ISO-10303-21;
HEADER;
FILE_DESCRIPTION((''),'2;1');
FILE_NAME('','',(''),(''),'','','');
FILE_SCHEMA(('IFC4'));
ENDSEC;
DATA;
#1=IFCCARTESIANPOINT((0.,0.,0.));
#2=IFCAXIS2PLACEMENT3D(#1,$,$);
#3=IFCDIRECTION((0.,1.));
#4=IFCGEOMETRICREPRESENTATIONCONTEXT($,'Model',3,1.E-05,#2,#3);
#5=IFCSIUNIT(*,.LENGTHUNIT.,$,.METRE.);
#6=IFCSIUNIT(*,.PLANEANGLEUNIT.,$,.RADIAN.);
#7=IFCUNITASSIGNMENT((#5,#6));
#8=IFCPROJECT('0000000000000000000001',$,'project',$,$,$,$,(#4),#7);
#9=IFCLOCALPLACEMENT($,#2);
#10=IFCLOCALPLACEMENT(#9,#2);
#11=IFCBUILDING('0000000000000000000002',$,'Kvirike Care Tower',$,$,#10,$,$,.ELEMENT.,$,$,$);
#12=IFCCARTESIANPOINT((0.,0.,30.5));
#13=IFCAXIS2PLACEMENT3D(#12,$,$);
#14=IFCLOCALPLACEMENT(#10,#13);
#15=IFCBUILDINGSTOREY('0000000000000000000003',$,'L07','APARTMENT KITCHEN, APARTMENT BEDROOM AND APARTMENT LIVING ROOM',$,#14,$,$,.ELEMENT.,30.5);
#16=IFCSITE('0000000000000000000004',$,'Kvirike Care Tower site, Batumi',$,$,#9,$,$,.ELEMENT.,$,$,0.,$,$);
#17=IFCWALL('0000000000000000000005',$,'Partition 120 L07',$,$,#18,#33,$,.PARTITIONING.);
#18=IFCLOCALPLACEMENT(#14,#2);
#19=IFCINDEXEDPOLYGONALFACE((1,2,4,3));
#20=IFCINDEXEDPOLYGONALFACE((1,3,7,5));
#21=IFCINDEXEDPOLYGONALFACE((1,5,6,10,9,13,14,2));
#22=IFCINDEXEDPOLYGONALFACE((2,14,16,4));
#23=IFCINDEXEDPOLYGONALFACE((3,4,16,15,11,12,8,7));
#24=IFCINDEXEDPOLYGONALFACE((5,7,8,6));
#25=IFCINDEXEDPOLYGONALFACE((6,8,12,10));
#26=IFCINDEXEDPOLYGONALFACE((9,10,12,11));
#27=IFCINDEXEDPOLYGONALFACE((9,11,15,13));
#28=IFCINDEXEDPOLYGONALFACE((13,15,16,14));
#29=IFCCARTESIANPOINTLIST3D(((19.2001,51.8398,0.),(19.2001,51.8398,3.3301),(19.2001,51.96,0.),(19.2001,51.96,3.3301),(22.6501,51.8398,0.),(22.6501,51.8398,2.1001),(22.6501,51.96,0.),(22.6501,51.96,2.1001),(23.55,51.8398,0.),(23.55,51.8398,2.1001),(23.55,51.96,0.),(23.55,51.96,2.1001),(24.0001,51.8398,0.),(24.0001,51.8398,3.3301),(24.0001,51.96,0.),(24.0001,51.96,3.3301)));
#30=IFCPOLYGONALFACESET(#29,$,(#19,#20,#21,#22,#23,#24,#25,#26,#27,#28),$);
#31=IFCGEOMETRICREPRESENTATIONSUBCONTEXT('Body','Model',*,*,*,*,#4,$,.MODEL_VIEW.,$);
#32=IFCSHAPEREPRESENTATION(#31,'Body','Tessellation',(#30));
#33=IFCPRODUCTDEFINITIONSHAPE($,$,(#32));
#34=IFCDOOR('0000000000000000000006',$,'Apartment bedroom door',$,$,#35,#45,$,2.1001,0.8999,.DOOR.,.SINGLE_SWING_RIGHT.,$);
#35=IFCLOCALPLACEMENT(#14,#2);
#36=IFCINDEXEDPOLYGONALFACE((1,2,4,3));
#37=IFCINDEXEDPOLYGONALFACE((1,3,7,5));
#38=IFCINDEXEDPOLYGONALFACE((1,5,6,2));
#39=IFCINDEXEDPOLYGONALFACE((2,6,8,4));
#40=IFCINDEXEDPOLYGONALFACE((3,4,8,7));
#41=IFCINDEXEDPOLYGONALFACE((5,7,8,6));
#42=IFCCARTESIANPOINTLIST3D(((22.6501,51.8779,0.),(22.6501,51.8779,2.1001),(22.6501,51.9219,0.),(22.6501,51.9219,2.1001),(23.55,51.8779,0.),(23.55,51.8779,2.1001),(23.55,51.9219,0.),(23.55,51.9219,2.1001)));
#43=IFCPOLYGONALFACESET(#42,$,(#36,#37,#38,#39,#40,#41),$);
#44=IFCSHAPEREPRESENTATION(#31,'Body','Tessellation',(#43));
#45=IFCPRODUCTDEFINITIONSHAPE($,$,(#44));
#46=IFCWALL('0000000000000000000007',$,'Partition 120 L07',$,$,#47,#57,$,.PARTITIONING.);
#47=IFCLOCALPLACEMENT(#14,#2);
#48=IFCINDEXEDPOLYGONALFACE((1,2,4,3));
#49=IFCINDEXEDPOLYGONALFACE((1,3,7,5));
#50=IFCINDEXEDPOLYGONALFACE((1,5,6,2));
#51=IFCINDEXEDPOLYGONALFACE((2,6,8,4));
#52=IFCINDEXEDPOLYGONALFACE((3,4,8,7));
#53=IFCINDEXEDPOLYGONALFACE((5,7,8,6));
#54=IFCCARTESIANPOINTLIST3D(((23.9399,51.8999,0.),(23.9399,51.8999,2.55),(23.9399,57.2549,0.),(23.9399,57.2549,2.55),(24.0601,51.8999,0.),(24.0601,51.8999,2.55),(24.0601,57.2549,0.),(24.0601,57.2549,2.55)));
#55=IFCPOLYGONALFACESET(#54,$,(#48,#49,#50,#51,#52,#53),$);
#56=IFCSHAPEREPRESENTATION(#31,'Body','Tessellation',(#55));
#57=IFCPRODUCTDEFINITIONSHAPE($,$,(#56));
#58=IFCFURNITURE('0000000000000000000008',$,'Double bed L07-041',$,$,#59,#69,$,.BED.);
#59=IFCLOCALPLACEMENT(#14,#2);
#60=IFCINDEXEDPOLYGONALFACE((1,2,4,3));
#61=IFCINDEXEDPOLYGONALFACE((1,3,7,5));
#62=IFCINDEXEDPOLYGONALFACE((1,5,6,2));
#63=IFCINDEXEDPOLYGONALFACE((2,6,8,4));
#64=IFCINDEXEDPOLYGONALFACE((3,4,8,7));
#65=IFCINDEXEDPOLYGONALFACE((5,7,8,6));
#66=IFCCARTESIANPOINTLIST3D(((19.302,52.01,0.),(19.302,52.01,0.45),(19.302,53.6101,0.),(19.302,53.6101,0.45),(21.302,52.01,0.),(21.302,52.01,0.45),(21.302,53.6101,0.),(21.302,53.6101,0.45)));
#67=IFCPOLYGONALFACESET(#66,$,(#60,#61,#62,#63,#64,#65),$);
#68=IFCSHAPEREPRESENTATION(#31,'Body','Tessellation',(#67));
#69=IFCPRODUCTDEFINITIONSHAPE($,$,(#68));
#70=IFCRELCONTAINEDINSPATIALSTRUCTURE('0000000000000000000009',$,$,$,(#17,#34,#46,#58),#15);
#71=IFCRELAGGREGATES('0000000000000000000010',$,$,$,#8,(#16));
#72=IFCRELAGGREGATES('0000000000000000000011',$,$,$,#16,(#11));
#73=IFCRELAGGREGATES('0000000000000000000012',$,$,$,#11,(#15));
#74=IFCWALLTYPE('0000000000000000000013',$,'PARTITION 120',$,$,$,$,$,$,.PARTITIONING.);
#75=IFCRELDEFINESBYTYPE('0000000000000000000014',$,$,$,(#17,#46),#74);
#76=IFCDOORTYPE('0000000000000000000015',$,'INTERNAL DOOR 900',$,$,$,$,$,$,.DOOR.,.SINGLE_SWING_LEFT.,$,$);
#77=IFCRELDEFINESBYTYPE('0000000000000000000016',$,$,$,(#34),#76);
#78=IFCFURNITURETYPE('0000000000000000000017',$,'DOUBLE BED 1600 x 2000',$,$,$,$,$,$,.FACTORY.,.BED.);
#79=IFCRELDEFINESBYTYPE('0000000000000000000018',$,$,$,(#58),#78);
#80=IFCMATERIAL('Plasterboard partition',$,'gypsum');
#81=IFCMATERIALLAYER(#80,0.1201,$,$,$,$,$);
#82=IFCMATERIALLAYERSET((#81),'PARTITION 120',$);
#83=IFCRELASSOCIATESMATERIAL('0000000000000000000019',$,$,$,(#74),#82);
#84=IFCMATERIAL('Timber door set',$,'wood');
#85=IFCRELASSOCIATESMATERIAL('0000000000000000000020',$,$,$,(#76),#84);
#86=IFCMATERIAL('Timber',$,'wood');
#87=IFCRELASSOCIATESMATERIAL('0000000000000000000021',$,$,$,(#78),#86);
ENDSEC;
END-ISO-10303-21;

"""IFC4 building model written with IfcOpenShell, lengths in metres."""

from ifc_helpers import new_model, si_unit, direction, frame, frame_2d, origin, origin_2d, place, context, subcontext, project, spatial, rectangle, extrude, material, layer, layer_set, type_object, element, fill, save


model = new_model("IFC4")

# Units and contexts
model_context = context("Model", 3, precision=1e-05, world=origin(), true_north=direction((0.0, 1.0)))
body_context = subcontext(model_context, "Body", "Model", "MODEL_VIEW")
ifc_project = project(units=[si_unit("LENGTHUNIT", "METRE"), si_unit("PLANEANGLEUNIT", "RADIAN")], contexts=[model_context])

# Site, building, storey
site_placement = place(None, origin())
site = spatial("IfcSite", under=ifc_project, at=site_placement, Name="Kvirike Care Tower site, Batumi", CompositionType="ELEMENT", RefElevation=0.0)
building_placement = place(site_placement, origin())
building = spatial("IfcBuilding", under=site, at=building_placement, Name="Kvirike Care Tower", CompositionType="ELEMENT")
storey_placement = place(building_placement, frame((0.0, 0.0, 30.5)))
storey = spatial("IfcBuildingStorey", under=building, at=storey_placement, Name="L07", Description="APARTMENT KITCHEN, APARTMENT BEDROOM AND APARTMENT LIVING ROOM", CompositionType="ELEMENT", Elevation=30.5)

# Wall, opening, door
ifc_material_1 = material(Name="Plasterboard partition", Category="gypsum")
ifc_layer_1 = layer(ifc_material_1, 0.1201)
ifc_layer_set_1 = layer_set([ifc_layer_1], Name="PARTITION 120")
wall_type_1 = type_object("IfcWallType", Name="PARTITION 120", PredefinedType="PARTITIONING", material=ifc_layer_set_1)
ifc_material_2 = material(Name="Timber door set", Category="wood")
door_type_1 = type_object("IfcDoorType", Name="INTERNAL DOOR 900", OperationType="SINGLE_SWING_LEFT", PredefinedType="DOOR", material=ifc_material_2)
wall_1_placement = place(storey_placement, frame((24.0, 51.8999, 0.0), z_axis=(0.0, 0.0, 1.0), x_axis=(-1.0, 0.0, 0.0)))
wall_1 = element("IfcWall", 1, at=wall_1_placement, inside=storey, type_object=wall_type_1, Name="Partition 120 L07", PredefinedType="PARTITIONING", context=body_context, shape_type="SweptSolid", body=[
    extrude(rectangle(XDim=4.8, YDim=0.1201, at=frame_2d((2.3999, 0.0))), origin(), (0.0, 0.0, 1.0), 3.3301),
])
opening_1_placement = place(wall_1_placement, frame((0.45, 0.0, 0.0)))
opening_1 = element("IfcOpeningElement", 2, at=opening_1_placement, cuts=wall_1, PredefinedType="OPENING", context=body_context, shape_type="SweptSolid", body=[
    extrude(rectangle(XDim=0.8999, YDim=2.1001, at=frame_2d((0.45, 1.05))), frame((0.0, 0.0706, 0.0), z_axis=(0.0, -1.0, 0.0), x_axis=(1.0, 0.0, 0.0)), (0.0, 0.0, 1.0), 0.1411),
])
door_1_placement = place(opening_1_placement, origin())
door_1 = element("IfcDoor", 3, at=door_1_placement, inside=storey, type_object=door_type_1, Name="Apartment bedroom door", OperationType="SINGLE_SWING_RIGHT", OverallHeight=2.1001, OverallWidth=0.8999, PredefinedType="DOOR", context=body_context, shape_type="SweptSolid", body=[
    extrude(rectangle(XDim=0.8999, YDim=2.1001, at=frame_2d((0.45, 1.05))), frame((0.0, 0.022, 0.0), z_axis=(0.0, -1.0, 0.0), x_axis=(1.0, 0.0, 0.0)), (0.0, 0.0, 1.0), 0.0439),
])
fill(opening_1, door_1)

# Wall
wall_2_placement = place(storey_placement, frame((24.0, 57.2549, 0.0), z_axis=(0.0, 0.0, 1.0), x_axis=(0.0, -1.0, 0.0)))
element("IfcWall", 4, at=wall_2_placement, inside=storey, type_object=wall_type_1, Name="Partition 120 L07", PredefinedType="PARTITIONING", context=body_context, shape_type="SweptSolid", body=[
    extrude(rectangle(XDim=5.355, YDim=0.1201, at=frame_2d((2.6775, 0.0))), origin(), (0.0, 0.0, 1.0), 2.55),
])

# Furniture
ifc_material_3 = material(Name="Timber", Category="wood")
furniture_type = type_object("IfcFurnitureType", Name="DOUBLE BED 1600 x 2000", AssemblyPlace="FACTORY", PredefinedType="BED", material=ifc_material_3)
furniture_placement = place(storey_placement, frame((20.302, 52.8101, 0.0), z_axis=(0.0, 0.0, 1.0), x_axis=(0.0, 1.0, 0.0)))
element("IfcFurniture", 5, at=furniture_placement, inside=storey, type_object=furniture_type, Name="Double bed L07-041", PredefinedType="BED", context=body_context, shape_type="SweptSolid", body=[
    extrude(rectangle(XDim=1.6001, YDim=2.0, at=origin_2d()), origin(), (0.0, 0.0, 1.0), 0.45),
])

save(model, "model.ifc")
